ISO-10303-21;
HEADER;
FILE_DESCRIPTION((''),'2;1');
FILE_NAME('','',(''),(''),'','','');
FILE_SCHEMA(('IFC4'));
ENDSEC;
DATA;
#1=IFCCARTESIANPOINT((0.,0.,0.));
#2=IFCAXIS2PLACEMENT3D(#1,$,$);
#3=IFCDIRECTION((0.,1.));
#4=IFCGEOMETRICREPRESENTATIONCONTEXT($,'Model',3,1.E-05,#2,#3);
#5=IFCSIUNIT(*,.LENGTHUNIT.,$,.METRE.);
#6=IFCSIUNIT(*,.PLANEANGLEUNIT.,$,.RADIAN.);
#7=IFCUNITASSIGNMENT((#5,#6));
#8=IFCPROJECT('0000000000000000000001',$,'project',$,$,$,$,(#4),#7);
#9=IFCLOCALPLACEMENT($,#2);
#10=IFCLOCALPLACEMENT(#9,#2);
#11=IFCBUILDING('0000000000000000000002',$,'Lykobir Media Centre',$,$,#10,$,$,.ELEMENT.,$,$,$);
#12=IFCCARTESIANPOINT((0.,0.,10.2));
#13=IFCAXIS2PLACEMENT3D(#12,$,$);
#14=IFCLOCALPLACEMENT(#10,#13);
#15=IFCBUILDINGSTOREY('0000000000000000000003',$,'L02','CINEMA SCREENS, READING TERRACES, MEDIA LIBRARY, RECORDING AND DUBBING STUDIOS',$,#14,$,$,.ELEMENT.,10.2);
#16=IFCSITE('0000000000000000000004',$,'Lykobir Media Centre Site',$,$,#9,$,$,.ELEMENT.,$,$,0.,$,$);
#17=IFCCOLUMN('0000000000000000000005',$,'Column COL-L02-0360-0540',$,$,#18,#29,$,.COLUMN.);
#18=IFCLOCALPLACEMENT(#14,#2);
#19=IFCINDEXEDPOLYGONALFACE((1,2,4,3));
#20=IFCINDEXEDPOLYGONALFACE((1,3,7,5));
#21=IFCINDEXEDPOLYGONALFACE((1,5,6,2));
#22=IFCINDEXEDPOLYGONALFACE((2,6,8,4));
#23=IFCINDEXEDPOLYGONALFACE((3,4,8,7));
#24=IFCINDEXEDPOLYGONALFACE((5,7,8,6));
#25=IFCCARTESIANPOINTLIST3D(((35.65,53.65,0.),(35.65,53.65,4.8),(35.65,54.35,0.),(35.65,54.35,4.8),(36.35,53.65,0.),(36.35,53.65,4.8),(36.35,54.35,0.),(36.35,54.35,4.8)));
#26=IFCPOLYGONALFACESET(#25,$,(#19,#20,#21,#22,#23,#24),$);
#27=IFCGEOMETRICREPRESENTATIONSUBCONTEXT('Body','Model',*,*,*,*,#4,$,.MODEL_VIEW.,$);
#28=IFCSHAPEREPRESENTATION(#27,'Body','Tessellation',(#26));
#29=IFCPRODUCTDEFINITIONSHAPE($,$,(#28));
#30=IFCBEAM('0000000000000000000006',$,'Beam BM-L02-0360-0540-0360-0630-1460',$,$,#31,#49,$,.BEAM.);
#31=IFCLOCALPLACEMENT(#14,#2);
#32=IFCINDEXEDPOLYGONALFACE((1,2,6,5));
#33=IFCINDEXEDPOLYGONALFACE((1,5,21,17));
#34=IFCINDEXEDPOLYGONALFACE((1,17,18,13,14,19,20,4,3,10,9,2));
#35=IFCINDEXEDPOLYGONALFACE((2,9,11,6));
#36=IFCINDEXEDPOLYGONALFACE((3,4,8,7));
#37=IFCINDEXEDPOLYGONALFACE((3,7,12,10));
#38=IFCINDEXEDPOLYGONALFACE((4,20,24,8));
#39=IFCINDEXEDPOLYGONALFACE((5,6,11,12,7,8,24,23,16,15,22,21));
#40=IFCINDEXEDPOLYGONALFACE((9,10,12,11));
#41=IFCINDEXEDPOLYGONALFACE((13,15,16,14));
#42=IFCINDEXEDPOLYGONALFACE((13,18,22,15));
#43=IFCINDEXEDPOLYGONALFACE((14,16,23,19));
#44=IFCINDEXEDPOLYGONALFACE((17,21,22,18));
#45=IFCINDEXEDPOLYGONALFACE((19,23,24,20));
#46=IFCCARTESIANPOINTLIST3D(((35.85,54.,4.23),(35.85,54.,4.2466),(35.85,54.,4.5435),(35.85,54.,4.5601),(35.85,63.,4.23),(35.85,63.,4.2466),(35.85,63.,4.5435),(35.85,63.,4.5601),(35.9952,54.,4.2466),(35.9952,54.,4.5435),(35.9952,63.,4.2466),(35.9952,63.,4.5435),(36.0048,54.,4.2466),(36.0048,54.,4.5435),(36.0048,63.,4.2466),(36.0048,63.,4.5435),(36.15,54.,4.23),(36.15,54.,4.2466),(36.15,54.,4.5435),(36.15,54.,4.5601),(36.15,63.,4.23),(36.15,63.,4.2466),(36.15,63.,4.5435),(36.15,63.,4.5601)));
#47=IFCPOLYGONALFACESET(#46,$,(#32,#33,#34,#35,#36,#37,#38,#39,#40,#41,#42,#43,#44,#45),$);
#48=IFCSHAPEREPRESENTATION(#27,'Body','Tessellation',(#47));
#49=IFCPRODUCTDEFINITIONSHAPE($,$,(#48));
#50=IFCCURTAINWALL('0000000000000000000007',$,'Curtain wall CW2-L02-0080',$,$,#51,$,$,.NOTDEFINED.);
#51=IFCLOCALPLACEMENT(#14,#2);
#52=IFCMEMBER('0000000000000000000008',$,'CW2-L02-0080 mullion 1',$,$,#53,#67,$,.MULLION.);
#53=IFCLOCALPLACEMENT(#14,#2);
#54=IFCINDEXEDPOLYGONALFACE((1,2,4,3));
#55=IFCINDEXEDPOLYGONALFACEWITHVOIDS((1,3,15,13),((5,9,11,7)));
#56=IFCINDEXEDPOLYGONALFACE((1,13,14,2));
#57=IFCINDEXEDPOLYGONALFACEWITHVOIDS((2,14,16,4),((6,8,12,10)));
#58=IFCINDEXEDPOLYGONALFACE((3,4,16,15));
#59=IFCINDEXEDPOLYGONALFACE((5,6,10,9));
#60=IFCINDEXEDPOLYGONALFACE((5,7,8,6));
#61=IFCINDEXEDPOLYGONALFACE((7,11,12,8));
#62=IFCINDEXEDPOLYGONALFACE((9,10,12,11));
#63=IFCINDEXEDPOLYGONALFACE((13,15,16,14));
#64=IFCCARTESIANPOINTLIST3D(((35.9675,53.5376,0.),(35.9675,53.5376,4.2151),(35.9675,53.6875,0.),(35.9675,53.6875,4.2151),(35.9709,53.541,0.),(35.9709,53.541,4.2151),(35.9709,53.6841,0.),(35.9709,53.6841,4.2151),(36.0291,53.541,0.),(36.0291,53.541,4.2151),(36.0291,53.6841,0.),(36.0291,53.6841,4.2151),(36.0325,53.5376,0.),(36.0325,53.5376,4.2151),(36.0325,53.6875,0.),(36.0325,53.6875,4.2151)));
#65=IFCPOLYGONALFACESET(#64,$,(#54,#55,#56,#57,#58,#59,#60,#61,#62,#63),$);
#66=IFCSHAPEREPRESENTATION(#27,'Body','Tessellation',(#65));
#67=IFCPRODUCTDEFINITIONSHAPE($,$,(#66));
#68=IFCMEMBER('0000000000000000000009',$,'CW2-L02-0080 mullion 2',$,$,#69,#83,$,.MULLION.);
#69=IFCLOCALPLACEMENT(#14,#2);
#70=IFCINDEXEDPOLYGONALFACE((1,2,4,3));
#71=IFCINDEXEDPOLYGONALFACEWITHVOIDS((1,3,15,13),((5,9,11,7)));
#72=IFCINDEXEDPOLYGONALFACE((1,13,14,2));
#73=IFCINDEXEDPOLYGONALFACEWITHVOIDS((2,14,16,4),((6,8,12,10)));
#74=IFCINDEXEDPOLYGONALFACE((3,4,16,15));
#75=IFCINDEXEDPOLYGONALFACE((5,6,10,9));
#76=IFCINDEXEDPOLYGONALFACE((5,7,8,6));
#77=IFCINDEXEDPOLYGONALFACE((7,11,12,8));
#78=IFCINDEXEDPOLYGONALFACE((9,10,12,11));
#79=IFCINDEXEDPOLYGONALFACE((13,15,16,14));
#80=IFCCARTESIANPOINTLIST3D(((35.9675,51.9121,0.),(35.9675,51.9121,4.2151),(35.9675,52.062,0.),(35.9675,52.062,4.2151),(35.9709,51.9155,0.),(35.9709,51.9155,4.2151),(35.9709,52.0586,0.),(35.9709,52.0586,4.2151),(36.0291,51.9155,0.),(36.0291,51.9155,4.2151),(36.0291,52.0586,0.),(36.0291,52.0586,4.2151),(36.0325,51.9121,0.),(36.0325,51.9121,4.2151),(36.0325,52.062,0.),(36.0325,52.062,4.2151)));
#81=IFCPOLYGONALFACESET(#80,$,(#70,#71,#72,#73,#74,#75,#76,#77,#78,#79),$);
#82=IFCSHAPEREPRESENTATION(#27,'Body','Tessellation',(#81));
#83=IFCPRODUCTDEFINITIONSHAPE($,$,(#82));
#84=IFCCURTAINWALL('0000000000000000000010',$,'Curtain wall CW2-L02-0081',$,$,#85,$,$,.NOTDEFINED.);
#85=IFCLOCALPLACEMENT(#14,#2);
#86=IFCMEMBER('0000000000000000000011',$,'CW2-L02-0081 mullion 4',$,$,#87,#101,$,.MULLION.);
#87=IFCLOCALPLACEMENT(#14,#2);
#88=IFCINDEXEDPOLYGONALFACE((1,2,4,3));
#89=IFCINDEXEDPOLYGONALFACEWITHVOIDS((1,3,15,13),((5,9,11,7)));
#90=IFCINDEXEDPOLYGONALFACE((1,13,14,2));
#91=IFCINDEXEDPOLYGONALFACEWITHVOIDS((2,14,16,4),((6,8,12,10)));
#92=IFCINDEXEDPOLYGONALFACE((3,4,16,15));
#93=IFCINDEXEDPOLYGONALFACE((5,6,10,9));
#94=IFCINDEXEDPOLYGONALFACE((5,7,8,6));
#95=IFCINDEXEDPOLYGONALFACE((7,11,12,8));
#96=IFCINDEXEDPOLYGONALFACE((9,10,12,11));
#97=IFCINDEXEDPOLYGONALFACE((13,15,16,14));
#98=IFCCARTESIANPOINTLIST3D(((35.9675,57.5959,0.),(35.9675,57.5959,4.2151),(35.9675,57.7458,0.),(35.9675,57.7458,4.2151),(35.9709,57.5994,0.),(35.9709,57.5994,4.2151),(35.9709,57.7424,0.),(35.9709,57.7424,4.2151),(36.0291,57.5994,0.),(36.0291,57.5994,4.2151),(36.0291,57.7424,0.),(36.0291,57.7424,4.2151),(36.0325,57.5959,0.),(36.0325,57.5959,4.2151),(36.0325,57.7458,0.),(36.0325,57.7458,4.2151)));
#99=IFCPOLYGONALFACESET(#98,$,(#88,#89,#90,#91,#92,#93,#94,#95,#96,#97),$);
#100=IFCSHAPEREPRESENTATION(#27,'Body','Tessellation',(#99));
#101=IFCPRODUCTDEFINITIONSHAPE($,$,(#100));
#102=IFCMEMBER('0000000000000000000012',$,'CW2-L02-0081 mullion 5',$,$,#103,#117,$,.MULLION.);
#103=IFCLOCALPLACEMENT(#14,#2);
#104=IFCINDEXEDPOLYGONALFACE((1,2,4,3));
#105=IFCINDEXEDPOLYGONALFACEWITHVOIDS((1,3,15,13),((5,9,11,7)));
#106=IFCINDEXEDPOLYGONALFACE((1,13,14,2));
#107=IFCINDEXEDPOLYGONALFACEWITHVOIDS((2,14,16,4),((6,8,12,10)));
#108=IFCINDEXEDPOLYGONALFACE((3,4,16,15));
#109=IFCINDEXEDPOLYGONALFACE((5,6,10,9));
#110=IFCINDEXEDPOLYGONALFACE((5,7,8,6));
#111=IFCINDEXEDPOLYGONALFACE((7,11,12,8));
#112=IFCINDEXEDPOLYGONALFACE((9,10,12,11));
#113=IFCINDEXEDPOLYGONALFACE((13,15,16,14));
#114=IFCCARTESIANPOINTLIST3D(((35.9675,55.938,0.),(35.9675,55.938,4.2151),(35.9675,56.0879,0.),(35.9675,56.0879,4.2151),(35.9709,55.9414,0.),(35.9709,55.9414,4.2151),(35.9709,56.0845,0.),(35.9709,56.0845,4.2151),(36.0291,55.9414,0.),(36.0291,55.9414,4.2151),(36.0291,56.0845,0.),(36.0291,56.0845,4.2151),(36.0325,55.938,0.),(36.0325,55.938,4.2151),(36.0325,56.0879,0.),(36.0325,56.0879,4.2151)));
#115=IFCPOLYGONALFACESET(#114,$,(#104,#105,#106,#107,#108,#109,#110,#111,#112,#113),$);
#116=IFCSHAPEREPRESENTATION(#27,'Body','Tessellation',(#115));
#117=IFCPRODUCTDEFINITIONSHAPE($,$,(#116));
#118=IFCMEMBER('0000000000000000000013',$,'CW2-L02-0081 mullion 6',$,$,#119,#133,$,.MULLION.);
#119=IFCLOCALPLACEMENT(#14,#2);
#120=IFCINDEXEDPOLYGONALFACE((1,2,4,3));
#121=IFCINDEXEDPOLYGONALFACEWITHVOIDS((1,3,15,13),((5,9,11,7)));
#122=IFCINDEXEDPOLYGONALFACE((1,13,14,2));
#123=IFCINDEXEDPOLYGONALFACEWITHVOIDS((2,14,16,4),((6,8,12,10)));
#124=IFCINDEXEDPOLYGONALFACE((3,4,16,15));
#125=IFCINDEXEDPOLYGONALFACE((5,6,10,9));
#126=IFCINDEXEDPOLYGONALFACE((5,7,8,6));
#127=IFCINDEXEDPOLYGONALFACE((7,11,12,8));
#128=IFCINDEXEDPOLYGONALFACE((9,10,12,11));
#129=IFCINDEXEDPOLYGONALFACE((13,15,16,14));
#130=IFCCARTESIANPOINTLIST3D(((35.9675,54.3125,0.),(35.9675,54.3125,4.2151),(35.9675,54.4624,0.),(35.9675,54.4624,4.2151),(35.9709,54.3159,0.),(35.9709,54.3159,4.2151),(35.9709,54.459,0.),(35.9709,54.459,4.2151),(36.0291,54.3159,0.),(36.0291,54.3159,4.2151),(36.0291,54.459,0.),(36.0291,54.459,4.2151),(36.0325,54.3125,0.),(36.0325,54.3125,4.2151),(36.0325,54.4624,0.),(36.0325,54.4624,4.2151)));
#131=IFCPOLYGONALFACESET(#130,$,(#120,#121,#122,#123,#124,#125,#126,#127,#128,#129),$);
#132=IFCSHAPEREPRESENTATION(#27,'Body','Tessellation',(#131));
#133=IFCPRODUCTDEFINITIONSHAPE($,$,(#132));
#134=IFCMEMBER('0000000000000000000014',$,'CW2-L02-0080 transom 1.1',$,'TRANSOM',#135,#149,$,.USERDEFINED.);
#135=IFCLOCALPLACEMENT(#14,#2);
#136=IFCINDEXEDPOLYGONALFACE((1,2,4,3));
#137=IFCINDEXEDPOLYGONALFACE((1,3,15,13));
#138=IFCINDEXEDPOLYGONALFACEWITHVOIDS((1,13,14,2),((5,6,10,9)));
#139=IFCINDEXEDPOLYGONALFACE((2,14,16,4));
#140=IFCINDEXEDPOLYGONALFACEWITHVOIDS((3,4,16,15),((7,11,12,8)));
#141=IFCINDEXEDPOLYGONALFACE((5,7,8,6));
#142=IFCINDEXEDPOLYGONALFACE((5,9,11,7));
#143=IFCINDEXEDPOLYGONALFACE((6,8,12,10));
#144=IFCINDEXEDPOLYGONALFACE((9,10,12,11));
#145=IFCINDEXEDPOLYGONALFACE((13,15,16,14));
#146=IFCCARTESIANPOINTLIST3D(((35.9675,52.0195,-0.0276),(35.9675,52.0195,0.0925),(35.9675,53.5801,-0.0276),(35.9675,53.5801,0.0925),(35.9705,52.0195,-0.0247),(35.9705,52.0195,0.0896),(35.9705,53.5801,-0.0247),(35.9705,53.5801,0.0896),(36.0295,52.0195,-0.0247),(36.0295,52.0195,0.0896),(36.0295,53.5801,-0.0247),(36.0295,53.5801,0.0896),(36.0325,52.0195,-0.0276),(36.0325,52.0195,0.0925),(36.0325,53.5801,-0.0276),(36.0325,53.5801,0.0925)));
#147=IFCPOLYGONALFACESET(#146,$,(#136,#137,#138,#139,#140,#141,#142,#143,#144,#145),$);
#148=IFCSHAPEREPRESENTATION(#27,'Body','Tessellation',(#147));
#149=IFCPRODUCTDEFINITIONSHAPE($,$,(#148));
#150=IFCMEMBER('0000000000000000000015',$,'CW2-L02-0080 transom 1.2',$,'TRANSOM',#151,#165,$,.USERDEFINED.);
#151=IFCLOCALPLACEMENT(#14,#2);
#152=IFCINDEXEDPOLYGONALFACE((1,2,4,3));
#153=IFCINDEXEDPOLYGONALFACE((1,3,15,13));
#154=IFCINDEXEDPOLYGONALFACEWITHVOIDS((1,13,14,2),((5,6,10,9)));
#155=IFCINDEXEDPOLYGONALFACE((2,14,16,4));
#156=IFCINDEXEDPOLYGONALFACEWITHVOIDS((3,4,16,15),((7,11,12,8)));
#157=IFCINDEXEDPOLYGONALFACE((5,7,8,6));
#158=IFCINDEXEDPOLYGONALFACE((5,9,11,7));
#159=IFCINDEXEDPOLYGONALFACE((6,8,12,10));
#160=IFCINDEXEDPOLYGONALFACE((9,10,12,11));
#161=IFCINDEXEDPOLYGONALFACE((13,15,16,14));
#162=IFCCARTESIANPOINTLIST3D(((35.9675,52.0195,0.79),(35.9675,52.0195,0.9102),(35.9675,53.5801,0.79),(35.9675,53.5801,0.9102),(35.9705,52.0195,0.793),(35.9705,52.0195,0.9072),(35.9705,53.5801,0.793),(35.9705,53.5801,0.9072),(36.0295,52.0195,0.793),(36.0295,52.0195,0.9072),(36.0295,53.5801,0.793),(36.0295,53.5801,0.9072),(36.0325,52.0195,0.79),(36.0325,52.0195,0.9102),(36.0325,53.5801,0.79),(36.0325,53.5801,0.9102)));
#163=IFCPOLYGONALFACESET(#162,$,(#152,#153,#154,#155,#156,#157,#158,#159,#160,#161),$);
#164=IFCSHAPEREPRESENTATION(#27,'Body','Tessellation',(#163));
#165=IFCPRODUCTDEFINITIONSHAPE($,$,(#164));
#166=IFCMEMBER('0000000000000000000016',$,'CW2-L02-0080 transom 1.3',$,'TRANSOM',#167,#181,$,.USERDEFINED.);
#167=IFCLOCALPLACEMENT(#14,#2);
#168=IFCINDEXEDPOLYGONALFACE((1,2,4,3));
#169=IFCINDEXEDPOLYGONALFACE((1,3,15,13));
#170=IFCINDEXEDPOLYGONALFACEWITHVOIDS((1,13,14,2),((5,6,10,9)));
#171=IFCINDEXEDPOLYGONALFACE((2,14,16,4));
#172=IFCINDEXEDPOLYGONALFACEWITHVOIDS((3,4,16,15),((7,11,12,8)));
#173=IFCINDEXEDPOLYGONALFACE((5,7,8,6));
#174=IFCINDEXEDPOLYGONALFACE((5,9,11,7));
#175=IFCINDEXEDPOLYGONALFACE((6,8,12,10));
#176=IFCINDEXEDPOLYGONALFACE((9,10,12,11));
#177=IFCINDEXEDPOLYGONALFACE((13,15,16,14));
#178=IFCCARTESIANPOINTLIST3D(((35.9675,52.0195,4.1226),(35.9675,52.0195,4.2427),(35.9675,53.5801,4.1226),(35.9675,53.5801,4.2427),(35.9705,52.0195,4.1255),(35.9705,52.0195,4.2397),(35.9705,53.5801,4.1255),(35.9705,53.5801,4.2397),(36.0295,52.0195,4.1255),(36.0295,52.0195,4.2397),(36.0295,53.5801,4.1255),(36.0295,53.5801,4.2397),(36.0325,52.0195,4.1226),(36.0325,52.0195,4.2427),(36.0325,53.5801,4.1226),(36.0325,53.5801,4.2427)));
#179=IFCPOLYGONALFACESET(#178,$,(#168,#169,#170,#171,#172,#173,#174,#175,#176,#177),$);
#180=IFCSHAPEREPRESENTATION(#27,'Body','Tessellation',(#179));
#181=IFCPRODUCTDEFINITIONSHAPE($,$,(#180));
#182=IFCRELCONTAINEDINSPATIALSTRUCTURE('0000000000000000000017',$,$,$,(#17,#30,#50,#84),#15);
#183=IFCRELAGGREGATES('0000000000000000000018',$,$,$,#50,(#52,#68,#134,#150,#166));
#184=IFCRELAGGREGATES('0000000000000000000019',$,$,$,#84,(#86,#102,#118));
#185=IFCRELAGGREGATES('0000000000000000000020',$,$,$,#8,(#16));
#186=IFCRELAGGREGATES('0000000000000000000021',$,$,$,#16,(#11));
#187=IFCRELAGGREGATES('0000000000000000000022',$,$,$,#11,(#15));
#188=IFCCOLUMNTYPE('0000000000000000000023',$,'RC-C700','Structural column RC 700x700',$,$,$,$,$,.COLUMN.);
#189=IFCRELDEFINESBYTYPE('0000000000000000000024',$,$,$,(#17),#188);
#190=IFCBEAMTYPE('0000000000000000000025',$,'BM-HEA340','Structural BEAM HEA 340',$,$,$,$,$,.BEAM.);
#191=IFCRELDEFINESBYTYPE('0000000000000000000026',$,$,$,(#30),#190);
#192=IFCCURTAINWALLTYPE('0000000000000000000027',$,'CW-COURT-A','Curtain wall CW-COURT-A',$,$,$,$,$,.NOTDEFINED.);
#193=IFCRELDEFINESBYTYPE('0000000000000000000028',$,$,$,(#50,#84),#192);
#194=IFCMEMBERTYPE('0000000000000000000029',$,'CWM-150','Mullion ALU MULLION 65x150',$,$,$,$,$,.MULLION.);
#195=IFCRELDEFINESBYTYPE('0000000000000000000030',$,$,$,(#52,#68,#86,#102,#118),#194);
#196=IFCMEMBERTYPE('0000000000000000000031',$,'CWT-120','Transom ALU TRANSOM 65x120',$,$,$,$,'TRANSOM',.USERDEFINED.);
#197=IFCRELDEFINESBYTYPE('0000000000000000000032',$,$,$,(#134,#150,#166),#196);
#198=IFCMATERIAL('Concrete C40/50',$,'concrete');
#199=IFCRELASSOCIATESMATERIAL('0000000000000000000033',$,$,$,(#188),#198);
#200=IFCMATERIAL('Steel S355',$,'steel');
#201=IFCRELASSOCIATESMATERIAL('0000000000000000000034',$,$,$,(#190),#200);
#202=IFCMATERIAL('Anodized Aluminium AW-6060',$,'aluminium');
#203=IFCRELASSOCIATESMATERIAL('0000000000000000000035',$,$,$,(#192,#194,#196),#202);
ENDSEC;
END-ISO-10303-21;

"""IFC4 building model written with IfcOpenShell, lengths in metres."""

from ifc_helpers import new_model, si_unit, direction, frame, origin, origin_2d, place, context, subcontext, project, spatial, rectangle, hollow_rectangle, i_section, extrude, material, material_profile, profile_set, type_object, element, aggregate, save


model = new_model("IFC4")

# Units and contexts
model_context = context("Model", 3, precision=1e-05, world=origin(), true_north=direction((0.0, 1.0)))
body_context = subcontext(model_context, "Body", "Model", "MODEL_VIEW")
ifc_project = project(units=[si_unit("LENGTHUNIT", "METRE"), si_unit("PLANEANGLEUNIT", "RADIAN")], contexts=[model_context])

# Site, building, storey
site_placement = place(None, origin())
site = spatial("IfcSite", under=ifc_project, at=site_placement, Name="Lykobir Media Centre Site", CompositionType="ELEMENT", RefElevation=0.0)
building_placement = place(site_placement, origin())
building = spatial("IfcBuilding", under=site, at=building_placement, Name="Lykobir Media Centre", CompositionType="ELEMENT")
storey_placement = place(building_placement, frame((0.0, 0.0, 10.2)))
storey = spatial("IfcBuildingStorey", under=building, at=storey_placement, Name="L02", Description="CINEMA SCREENS, READING TERRACES, MEDIA LIBRARY, RECORDING AND DUBBING STUDIOS", CompositionType="ELEMENT", Elevation=10.2)

# Column
ifc_material_1 = material(Name="Concrete C40/50", Category="concrete")
ifc_material_profile_1 = material_profile(ifc_material_1, rectangle(XDim=0.7, YDim=0.7, at=origin_2d()), Name="RC 700x700")
ifc_profile_set_1 = profile_set([ifc_material_profile_1], Name="Concrete C40/50")
column_type = type_object("IfcColumnType", Name="RC-C700", Description="Structural column RC 700x700", PredefinedType="COLUMN", material=ifc_profile_set_1)
column_placement = place(storey_placement, frame((36.0, 54.0, 0.0), z_axis=(0.0, 0.0, 1.0), x_axis=(1.0, 0.0, 0.0)))
element("IfcColumn", 1, at=column_placement, inside=storey, type_object=column_type, Name="Column COL-L02-0360-0540", PredefinedType="COLUMN", context=body_context, shape_type="SweptSolid", body=[
    extrude(rectangle(XDim=0.7, YDim=0.7, at=origin_2d()), origin(), (0.0, 0.0, 1.0), 4.8),
])

# Beam
ifc_material_2 = material(Name="Steel S355", Category="steel")
ifc_material_profile_2 = material_profile(ifc_material_2, i_section(OverallWidth=0.3, OverallDepth=0.3301, WebThickness=0.0095, FlangeThickness=0.0166, at=origin_2d()), Name="HEA 340")
ifc_profile_set_2 = profile_set([ifc_material_profile_2], Name="Steel S355")
beam_type = type_object("IfcBeamType", Name="BM-HEA340", Description="Structural BEAM HEA 340", PredefinedType="BEAM", material=ifc_profile_set_2)
beam_placement = place(storey_placement, frame((36.0, 54.0, 4.395), z_axis=(0.0, 1.0, 0.0), x_axis=(-1.0, 0.0, 0.0)))
element("IfcBeam", 2, at=beam_placement, inside=storey, type_object=beam_type, Name="Beam BM-L02-0360-0540-0360-0630-1460", PredefinedType="BEAM", context=body_context, shape_type="SweptSolid", body=[
    extrude(i_section(OverallWidth=0.3, OverallDepth=0.3301, WebThickness=0.0095, FlangeThickness=0.0166, at=origin_2d()), origin(), (0.0, 0.0, 1.0), 9.0),
])

# Curtain walls, members
ifc_material_3 = material(Name="Anodized Aluminium AW-6060", Category="aluminium")
curtain_wall_type = type_object("IfcCurtainWallType", Name="CW-COURT-A", Description="Curtain wall CW-COURT-A", PredefinedType="NOTDEFINED", material=ifc_material_3)
curtain_wall_1_placement = place(storey_placement, origin())
curtain_wall_1 = element("IfcCurtainWall", 3, at=curtain_wall_1_placement, inside=storey, type_object=curtain_wall_type, Name="Curtain wall CW2-L02-0080", PredefinedType="NOTDEFINED")
ifc_material_profile_3 = material_profile(ifc_material_3, hollow_rectangle(XDim=0.0649, YDim=0.1499, WallThickness=0.0034, at=origin_2d()), Name="ALU MULLION 65x150")
ifc_profile_set_3 = profile_set([ifc_material_profile_3], Name="Anodized Aluminium AW-6060")
member_type_1 = type_object("IfcMemberType", Name="CWM-150", Description="Mullion ALU MULLION 65x150", PredefinedType="MULLION", material=ifc_profile_set_3)
member_1_placement = place(storey_placement, frame((36.0, 53.6125, 0.0), z_axis=(0.0, 0.0, 1.0), x_axis=(1.0, 0.0, 0.0)))
member_1 = element("IfcMember", 4, at=member_1_placement, type_object=member_type_1, Name="CW2-L02-0080 mullion 1", PredefinedType="MULLION", context=body_context, shape_type="SweptSolid", body=[
    extrude(hollow_rectangle(XDim=0.0649, YDim=0.1499, WallThickness=0.0034, at=origin_2d()), origin(), (0.0, 0.0, 1.0), 4.2151),
])
member_2_placement = place(storey_placement, frame((36.0, 51.9871, 0.0), z_axis=(0.0, 0.0, 1.0), x_axis=(1.0, 0.0, 0.0)))
member_2 = element("IfcMember", 5, at=member_2_placement, type_object=member_type_1, Name="CW2-L02-0080 mullion 2", PredefinedType="MULLION", context=body_context, shape_type="SweptSolid", body=[
    extrude(hollow_rectangle(XDim=0.0649, YDim=0.1499, WallThickness=0.0034, at=origin_2d()), origin(), (0.0, 0.0, 1.0), 4.2151),
])
curtain_wall_2_placement = place(storey_placement, origin())
curtain_wall_2 = element("IfcCurtainWall", 6, at=curtain_wall_2_placement, inside=storey, type_object=curtain_wall_type, Name="Curtain wall CW2-L02-0081", PredefinedType="NOTDEFINED")
member_3_placement = place(storey_placement, frame((36.0, 57.6709, 0.0), z_axis=(0.0, 0.0, 1.0), x_axis=(1.0, 0.0, 0.0)))
member_3 = element("IfcMember", 7, at=member_3_placement, type_object=member_type_1, Name="CW2-L02-0081 mullion 4", PredefinedType="MULLION", context=body_context, shape_type="SweptSolid", body=[
    extrude(hollow_rectangle(XDim=0.0649, YDim=0.1499, WallThickness=0.0034, at=origin_2d()), origin(), (0.0, 0.0, 1.0), 4.2151),
])
member_4_placement = place(storey_placement, frame((36.0, 56.0129, 0.0), z_axis=(0.0, 0.0, 1.0), x_axis=(1.0, 0.0, 0.0)))
member_4 = element("IfcMember", 8, at=member_4_placement, type_object=member_type_1, Name="CW2-L02-0081 mullion 5", PredefinedType="MULLION", context=body_context, shape_type="SweptSolid", body=[
    extrude(hollow_rectangle(XDim=0.0649, YDim=0.1499, WallThickness=0.0034, at=origin_2d()), origin(), (0.0, 0.0, 1.0), 4.2151),
])
member_5_placement = place(storey_placement, frame((36.0, 54.3875, 0.0), z_axis=(0.0, 0.0, 1.0), x_axis=(1.0, 0.0, 0.0)))
member_5 = element("IfcMember", 9, at=member_5_placement, type_object=member_type_1, Name="CW2-L02-0081 mullion 6", PredefinedType="MULLION", context=body_context, shape_type="SweptSolid", body=[
    extrude(hollow_rectangle(XDim=0.0649, YDim=0.1499, WallThickness=0.0034, at=origin_2d()), origin(), (0.0, 0.0, 1.0), 4.2151),
])

# Members
ifc_material_profile_4 = material_profile(ifc_material_3, hollow_rectangle(XDim=0.0649, YDim=0.1201, WallThickness=0.0029, at=origin_2d()), Name="ALU TRANSOM 65x120")
ifc_profile_set_4 = profile_set([ifc_material_profile_4], Name="Anodized Aluminium AW-6060")
member_type_2 = type_object("IfcMemberType", Name="CWT-120", Description="Transom ALU TRANSOM 65x120", ElementType="TRANSOM", PredefinedType="USERDEFINED", material=ifc_profile_set_4)
member_6_placement = place(storey_placement, frame((36.0, 53.5801, 0.0325), z_axis=(0.0, -1.0, 0.0), x_axis=(1.0, 0.0, 0.0)))
member_6 = element("IfcMember", 10, at=member_6_placement, type_object=member_type_2, Name="CW2-L02-0080 transom 1.1", ObjectType="TRANSOM", PredefinedType="USERDEFINED", context=body_context, shape_type="SweptSolid", body=[
    extrude(hollow_rectangle(XDim=0.0649, YDim=0.1201, WallThickness=0.0029, at=origin_2d()), origin(), (0.0, 0.0, 1.0), 1.5605),
])
member_7_placement = place(storey_placement, frame((36.0, 53.5801, 0.8501), z_axis=(0.0, -1.0, 0.0), x_axis=(1.0, 0.0, 0.0)))
member_7 = element("IfcMember", 11, at=member_7_placement, type_object=member_type_2, Name="CW2-L02-0080 transom 1.2", ObjectType="TRANSOM", PredefinedType="USERDEFINED", context=body_context, shape_type="SweptSolid", body=[
    extrude(hollow_rectangle(XDim=0.0649, YDim=0.1201, WallThickness=0.0029, at=origin_2d()), origin(), (0.0, 0.0, 1.0), 1.5605),
])
member_8_placement = place(storey_placement, frame((36.0, 53.5801, 4.1826), z_axis=(0.0, -1.0, 0.0), x_axis=(1.0, 0.0, 0.0)))
member_8 = element("IfcMember", 12, at=member_8_placement, type_object=member_type_2, Name="CW2-L02-0080 transom 1.3", ObjectType="TRANSOM", PredefinedType="USERDEFINED", context=body_context, shape_type="SweptSolid", body=[
    extrude(hollow_rectangle(XDim=0.0649, YDim=0.1201, WallThickness=0.0029, at=origin_2d()), origin(), (0.0, 0.0, 1.0), 1.5605),
])

aggregate(curtain_wall_1, [member_1, member_2, member_6, member_7, member_8])
aggregate(curtain_wall_2, [member_3, member_4, member_5])

save(model, "model.ifc")
